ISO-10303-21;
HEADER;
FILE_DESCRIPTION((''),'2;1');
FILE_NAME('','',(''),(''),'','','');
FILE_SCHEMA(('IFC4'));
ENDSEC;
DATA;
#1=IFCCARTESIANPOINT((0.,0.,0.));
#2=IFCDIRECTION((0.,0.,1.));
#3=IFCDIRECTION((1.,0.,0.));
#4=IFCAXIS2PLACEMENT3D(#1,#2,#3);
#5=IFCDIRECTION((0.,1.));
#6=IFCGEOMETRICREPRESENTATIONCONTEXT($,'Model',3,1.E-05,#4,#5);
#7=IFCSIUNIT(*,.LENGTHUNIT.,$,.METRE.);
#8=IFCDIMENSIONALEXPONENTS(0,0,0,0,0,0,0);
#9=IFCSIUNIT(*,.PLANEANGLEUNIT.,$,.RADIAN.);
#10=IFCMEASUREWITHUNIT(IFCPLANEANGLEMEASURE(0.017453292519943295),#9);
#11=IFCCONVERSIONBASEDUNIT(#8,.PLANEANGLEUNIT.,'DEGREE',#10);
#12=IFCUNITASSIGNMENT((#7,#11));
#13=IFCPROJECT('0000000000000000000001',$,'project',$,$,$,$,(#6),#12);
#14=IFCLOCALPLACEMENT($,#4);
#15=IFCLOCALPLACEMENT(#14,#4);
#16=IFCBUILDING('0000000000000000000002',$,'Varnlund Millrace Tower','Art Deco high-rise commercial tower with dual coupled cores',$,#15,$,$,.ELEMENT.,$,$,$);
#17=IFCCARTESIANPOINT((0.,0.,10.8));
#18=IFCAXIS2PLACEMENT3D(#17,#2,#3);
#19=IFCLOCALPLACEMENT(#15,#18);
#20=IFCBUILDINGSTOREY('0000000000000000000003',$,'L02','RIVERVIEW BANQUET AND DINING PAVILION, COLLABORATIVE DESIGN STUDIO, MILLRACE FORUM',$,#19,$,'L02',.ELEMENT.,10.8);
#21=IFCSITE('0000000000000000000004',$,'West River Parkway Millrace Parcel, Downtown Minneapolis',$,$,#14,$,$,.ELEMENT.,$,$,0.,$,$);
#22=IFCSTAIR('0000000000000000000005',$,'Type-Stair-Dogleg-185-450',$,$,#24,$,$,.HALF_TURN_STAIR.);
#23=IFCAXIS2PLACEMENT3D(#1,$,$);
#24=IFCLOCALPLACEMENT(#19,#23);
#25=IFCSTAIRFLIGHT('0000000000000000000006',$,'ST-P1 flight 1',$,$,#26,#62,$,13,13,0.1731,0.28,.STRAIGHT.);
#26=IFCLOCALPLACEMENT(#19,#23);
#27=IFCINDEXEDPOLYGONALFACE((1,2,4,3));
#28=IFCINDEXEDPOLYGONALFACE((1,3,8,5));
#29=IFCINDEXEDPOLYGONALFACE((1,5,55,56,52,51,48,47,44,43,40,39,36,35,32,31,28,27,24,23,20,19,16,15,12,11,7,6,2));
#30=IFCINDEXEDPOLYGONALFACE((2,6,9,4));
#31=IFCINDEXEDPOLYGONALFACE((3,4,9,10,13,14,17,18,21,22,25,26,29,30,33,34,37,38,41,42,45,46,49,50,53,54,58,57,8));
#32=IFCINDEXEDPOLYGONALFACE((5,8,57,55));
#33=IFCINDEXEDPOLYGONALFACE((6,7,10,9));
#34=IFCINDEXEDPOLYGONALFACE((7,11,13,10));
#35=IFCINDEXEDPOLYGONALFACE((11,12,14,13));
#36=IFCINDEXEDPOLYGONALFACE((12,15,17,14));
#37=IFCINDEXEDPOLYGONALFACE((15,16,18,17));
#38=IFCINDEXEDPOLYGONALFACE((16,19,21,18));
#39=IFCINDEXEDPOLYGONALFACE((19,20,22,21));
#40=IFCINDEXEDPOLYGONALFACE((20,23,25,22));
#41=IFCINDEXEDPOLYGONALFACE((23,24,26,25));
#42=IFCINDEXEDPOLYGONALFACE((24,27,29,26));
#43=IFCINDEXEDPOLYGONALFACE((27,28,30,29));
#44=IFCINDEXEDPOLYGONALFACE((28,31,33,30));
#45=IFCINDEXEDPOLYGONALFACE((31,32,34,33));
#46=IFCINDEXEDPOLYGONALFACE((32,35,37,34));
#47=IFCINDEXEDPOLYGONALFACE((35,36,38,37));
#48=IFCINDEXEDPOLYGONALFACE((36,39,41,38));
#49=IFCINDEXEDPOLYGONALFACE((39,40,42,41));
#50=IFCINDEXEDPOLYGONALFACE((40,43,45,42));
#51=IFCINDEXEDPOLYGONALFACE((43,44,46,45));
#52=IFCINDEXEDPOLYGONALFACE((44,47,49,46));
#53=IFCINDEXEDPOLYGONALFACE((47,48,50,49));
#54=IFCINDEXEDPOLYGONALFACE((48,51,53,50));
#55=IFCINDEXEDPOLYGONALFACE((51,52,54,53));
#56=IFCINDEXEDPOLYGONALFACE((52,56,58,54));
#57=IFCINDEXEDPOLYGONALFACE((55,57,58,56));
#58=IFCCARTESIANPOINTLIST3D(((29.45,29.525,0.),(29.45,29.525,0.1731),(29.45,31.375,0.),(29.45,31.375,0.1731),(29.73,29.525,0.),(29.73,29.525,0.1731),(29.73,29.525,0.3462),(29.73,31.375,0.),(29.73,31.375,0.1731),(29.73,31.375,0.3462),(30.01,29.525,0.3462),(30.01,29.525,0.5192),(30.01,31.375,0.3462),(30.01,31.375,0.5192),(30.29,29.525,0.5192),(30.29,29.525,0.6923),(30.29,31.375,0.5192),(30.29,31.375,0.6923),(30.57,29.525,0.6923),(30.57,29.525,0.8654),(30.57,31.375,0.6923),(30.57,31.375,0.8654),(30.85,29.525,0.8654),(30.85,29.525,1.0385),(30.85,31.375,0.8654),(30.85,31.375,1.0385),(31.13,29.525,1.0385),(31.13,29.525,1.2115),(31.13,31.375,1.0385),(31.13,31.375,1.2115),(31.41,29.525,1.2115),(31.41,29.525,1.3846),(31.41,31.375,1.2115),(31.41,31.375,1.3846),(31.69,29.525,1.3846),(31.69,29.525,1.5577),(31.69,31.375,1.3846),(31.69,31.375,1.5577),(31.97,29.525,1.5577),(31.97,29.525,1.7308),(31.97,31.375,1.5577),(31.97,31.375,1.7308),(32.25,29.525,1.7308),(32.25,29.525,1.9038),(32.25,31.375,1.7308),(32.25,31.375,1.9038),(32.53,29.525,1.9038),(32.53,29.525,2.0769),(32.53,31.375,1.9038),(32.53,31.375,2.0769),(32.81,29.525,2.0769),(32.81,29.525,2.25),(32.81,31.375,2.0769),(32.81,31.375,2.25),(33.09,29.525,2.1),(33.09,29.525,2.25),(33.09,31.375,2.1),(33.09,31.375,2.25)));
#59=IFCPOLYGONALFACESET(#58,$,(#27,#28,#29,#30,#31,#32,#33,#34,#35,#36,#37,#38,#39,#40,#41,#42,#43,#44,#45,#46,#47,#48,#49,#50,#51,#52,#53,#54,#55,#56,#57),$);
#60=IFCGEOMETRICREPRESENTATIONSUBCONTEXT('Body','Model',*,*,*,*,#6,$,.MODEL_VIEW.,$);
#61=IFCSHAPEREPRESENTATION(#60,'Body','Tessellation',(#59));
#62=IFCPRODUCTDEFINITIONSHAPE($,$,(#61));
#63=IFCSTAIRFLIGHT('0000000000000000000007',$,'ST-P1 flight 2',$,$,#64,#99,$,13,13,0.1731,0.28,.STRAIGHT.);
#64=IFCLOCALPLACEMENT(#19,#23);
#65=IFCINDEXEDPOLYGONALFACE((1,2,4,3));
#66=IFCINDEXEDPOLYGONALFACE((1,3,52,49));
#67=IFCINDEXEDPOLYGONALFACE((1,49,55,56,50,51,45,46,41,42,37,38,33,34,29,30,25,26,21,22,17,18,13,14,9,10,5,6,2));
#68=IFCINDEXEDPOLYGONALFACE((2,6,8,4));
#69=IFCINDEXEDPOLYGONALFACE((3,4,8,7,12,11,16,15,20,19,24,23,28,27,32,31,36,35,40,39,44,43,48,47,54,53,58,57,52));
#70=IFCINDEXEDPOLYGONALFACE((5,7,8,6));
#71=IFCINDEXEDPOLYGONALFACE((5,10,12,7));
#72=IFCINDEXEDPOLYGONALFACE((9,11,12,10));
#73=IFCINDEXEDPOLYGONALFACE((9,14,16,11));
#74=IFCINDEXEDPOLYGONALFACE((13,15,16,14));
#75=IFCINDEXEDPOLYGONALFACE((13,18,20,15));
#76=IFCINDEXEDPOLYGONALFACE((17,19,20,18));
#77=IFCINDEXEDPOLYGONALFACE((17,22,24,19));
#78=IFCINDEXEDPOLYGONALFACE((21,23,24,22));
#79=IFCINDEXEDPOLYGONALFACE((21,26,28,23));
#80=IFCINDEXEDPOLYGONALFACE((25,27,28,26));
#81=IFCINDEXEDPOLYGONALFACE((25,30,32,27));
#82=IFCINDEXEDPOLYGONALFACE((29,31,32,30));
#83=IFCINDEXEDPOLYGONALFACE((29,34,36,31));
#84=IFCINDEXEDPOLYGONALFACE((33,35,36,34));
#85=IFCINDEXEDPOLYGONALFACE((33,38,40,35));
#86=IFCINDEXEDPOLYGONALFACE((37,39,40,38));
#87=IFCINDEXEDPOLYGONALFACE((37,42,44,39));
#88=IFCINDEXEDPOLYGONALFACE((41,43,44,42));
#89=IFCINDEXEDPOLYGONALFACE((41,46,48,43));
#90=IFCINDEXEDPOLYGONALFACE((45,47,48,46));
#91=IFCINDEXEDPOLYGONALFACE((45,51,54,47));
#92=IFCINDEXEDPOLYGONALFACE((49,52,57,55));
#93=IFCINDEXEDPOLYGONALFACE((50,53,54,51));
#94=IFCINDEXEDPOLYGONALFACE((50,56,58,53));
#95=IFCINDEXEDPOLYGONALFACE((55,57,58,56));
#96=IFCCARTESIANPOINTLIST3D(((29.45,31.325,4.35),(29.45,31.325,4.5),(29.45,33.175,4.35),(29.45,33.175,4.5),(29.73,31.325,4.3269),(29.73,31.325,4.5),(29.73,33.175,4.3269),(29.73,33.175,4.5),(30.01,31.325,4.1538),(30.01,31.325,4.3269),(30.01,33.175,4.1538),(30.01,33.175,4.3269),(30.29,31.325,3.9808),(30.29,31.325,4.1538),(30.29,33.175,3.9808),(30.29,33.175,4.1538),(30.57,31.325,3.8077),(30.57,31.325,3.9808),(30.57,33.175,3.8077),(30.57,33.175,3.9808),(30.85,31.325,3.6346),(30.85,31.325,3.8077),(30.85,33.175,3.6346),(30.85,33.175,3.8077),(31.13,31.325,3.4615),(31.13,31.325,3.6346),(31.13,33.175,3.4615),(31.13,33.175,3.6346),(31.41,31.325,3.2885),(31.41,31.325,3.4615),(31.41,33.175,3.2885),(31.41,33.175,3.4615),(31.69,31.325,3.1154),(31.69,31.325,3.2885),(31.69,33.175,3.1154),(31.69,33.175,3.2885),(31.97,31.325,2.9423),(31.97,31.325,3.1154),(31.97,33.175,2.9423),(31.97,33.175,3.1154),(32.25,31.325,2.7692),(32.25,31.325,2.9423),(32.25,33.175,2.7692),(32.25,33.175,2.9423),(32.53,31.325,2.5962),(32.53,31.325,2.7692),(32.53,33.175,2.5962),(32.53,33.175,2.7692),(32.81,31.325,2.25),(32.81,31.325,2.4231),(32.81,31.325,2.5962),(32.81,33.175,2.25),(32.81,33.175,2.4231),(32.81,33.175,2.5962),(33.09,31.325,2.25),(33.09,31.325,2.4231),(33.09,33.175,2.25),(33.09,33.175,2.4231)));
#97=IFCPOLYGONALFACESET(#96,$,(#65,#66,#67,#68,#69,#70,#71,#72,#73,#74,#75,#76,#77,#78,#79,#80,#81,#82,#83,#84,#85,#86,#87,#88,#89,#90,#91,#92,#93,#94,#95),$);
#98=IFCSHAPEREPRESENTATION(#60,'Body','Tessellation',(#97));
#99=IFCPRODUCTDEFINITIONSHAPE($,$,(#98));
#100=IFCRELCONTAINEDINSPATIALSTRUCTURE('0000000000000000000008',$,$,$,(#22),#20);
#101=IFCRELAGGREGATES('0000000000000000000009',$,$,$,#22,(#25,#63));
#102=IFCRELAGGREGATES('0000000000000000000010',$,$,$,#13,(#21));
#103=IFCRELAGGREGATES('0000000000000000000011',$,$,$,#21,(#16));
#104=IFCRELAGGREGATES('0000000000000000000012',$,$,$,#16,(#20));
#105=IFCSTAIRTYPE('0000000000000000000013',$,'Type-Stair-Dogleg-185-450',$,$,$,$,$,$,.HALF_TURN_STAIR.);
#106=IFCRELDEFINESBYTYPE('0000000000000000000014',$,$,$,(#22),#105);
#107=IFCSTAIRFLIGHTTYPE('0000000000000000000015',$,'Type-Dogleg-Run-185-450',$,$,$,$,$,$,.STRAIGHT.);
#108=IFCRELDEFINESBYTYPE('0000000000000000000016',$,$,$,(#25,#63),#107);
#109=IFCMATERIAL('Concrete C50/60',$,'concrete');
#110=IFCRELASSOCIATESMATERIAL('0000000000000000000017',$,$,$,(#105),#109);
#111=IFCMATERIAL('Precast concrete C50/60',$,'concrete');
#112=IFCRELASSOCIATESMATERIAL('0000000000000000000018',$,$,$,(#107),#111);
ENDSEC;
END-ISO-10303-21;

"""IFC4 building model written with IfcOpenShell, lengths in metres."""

from ifc_helpers import new_model, entity, si_unit, converted_unit, direction, frame, origin_with_axes, place, context, subcontext, project, spatial, polyline, outline, extrude, material, type_object, element, aggregate, save


model = new_model("IFC4")

# Units and contexts
model_context = context("Model", 3, precision=1e-05, world=origin_with_axes(), true_north=direction((0.0, 1.0)))
body_context = subcontext(model_context, "Body", "Model", "MODEL_VIEW")
ifc_project = project(units=[si_unit("LENGTHUNIT", "METRE"), converted_unit("PLANEANGLEUNIT", "DEGREE", entity("IfcPlaneAngleMeasure", 0.017453292519943295), si_unit("PLANEANGLEUNIT", "RADIAN"), dimensions=[0, 0, 0, 0, 0, 0, 0])], contexts=[model_context])

# Site, building, storey
site_placement = place(None, origin_with_axes())
site = spatial("IfcSite", under=ifc_project, at=site_placement, Name="West River Parkway Millrace Parcel, Downtown Minneapolis", CompositionType="ELEMENT", RefElevation=0.0)
building_placement = place(site_placement, origin_with_axes())
building = spatial("IfcBuilding", under=site, at=building_placement, Name="Varnlund Millrace Tower", Description="Art Deco high-rise commercial tower with dual coupled cores", CompositionType="ELEMENT")
storey_placement = place(building_placement, frame((0.0, 0.0, 10.8), z_axis=(0.0, 0.0, 1.0), x_axis=(1.0, 0.0, 0.0)))
storey = spatial("IfcBuildingStorey", under=building, at=storey_placement, Name="L02", Description="RIVERVIEW BANQUET AND DINING PAVILION, COLLABORATIVE DESIGN STUDIO, MILLRACE FORUM", LongName="L02", CompositionType="ELEMENT", Elevation=10.8)

# Shared definitions
ifc_material_1 = material(Name="Precast concrete C50/60", Category="concrete")

# Stair, stair flights
ifc_material_2 = material(Name="Concrete C50/60", Category="concrete")
stair_type = type_object("IfcStairType", Name="Type-Stair-Dogleg-185-450", PredefinedType="HALF_TURN_STAIR", material=ifc_material_2)
stair_placement = place(storey_placement, origin_with_axes())
stair = element("IfcStair", 1, at=stair_placement, inside=storey, type_object=stair_type, Name="Type-Stair-Dogleg-185-450", PredefinedType="HALF_TURN_STAIR")
stair_flight_type = type_object("IfcStairFlightType", Name="Type-Dogleg-Run-185-450", PredefinedType="STRAIGHT", material=ifc_material_1)
stair_flight_1_placement = place(storey_placement, frame((29.45, 31.375, 0.0), z_axis=(0.0, -1.0, 0.0), x_axis=(1.0, 0.0, 0.0)))
stair_flight_1 = element("IfcStairFlight", 2, at=stair_flight_1_placement, type_object=stair_flight_type, Name="ST-P1 flight 1", NumberOfRisers=13, NumberOfTreads=13, PredefinedType="STRAIGHT", RiserHeight=0.1731, TreadLength=0.28, context=body_context, shape_type="SweptSolid", body=[
    extrude(outline(polyline([(0.0, 0.0), (0.0, 0.1731), (0.28, 0.1731), (0.28, 0.3462), (0.56, 0.3462), (0.56, 0.5192), (0.84, 0.5192), (0.84, 0.6923), (1.12, 0.6923), (1.12, 0.8654), (1.4, 0.8654), (1.4, 1.0385), (1.68, 1.0385), (1.68, 1.2115), (1.96, 1.2115), (1.96, 1.3846), (2.24, 1.3846), (2.24, 1.5577), (2.52, 1.5577), (2.52, 1.7308), (2.8, 1.7308), (2.8, 1.9038), (3.08, 1.9038), (3.08, 2.0769), (3.36, 2.0769), (3.36, 2.25), (3.64, 2.25), (3.64, 2.1), (0.28, 0.0), (0.0, 0.0)])), origin_with_axes(), (0.0, 0.0, 1.0), 1.85),
])
stair_flight_2_placement = place(storey_placement, frame((33.09, 31.325, 2.25), z_axis=(0.0, 1.0, 0.0), x_axis=(-1.0, 0.0, 0.0)))
stair_flight_2 = element("IfcStairFlight", 3, at=stair_flight_2_placement, type_object=stair_flight_type, Name="ST-P1 flight 2", NumberOfRisers=13, NumberOfTreads=13, PredefinedType="STRAIGHT", RiserHeight=0.1731, TreadLength=0.28, context=body_context, shape_type="SweptSolid", body=[
    extrude(outline(polyline([(0.0, 0.0), (0.0, 0.1731), (0.28, 0.1731), (0.28, 0.3462), (0.56, 0.3462), (0.56, 0.5192), (0.84, 0.5192), (0.84, 0.6923), (1.12, 0.6923), (1.12, 0.8654), (1.4, 0.8654), (1.4, 1.0385), (1.68, 1.0385), (1.68, 1.2115), (1.96, 1.2115), (1.96, 1.3846), (2.24, 1.3846), (2.24, 1.5577), (2.52, 1.5577), (2.52, 1.7308), (2.8, 1.7308), (2.8, 1.9038), (3.08, 1.9038), (3.08, 2.0769), (3.36, 2.0769), (3.36, 2.25), (3.64, 2.25), (3.64, 2.1), (0.28, 0.0), (0.0, 0.0)])), origin_with_axes(), (0.0, 0.0, 1.0), 1.85),
])
aggregate(stair, [stair_flight_1, stair_flight_2])

save(model, "model.ifc")
